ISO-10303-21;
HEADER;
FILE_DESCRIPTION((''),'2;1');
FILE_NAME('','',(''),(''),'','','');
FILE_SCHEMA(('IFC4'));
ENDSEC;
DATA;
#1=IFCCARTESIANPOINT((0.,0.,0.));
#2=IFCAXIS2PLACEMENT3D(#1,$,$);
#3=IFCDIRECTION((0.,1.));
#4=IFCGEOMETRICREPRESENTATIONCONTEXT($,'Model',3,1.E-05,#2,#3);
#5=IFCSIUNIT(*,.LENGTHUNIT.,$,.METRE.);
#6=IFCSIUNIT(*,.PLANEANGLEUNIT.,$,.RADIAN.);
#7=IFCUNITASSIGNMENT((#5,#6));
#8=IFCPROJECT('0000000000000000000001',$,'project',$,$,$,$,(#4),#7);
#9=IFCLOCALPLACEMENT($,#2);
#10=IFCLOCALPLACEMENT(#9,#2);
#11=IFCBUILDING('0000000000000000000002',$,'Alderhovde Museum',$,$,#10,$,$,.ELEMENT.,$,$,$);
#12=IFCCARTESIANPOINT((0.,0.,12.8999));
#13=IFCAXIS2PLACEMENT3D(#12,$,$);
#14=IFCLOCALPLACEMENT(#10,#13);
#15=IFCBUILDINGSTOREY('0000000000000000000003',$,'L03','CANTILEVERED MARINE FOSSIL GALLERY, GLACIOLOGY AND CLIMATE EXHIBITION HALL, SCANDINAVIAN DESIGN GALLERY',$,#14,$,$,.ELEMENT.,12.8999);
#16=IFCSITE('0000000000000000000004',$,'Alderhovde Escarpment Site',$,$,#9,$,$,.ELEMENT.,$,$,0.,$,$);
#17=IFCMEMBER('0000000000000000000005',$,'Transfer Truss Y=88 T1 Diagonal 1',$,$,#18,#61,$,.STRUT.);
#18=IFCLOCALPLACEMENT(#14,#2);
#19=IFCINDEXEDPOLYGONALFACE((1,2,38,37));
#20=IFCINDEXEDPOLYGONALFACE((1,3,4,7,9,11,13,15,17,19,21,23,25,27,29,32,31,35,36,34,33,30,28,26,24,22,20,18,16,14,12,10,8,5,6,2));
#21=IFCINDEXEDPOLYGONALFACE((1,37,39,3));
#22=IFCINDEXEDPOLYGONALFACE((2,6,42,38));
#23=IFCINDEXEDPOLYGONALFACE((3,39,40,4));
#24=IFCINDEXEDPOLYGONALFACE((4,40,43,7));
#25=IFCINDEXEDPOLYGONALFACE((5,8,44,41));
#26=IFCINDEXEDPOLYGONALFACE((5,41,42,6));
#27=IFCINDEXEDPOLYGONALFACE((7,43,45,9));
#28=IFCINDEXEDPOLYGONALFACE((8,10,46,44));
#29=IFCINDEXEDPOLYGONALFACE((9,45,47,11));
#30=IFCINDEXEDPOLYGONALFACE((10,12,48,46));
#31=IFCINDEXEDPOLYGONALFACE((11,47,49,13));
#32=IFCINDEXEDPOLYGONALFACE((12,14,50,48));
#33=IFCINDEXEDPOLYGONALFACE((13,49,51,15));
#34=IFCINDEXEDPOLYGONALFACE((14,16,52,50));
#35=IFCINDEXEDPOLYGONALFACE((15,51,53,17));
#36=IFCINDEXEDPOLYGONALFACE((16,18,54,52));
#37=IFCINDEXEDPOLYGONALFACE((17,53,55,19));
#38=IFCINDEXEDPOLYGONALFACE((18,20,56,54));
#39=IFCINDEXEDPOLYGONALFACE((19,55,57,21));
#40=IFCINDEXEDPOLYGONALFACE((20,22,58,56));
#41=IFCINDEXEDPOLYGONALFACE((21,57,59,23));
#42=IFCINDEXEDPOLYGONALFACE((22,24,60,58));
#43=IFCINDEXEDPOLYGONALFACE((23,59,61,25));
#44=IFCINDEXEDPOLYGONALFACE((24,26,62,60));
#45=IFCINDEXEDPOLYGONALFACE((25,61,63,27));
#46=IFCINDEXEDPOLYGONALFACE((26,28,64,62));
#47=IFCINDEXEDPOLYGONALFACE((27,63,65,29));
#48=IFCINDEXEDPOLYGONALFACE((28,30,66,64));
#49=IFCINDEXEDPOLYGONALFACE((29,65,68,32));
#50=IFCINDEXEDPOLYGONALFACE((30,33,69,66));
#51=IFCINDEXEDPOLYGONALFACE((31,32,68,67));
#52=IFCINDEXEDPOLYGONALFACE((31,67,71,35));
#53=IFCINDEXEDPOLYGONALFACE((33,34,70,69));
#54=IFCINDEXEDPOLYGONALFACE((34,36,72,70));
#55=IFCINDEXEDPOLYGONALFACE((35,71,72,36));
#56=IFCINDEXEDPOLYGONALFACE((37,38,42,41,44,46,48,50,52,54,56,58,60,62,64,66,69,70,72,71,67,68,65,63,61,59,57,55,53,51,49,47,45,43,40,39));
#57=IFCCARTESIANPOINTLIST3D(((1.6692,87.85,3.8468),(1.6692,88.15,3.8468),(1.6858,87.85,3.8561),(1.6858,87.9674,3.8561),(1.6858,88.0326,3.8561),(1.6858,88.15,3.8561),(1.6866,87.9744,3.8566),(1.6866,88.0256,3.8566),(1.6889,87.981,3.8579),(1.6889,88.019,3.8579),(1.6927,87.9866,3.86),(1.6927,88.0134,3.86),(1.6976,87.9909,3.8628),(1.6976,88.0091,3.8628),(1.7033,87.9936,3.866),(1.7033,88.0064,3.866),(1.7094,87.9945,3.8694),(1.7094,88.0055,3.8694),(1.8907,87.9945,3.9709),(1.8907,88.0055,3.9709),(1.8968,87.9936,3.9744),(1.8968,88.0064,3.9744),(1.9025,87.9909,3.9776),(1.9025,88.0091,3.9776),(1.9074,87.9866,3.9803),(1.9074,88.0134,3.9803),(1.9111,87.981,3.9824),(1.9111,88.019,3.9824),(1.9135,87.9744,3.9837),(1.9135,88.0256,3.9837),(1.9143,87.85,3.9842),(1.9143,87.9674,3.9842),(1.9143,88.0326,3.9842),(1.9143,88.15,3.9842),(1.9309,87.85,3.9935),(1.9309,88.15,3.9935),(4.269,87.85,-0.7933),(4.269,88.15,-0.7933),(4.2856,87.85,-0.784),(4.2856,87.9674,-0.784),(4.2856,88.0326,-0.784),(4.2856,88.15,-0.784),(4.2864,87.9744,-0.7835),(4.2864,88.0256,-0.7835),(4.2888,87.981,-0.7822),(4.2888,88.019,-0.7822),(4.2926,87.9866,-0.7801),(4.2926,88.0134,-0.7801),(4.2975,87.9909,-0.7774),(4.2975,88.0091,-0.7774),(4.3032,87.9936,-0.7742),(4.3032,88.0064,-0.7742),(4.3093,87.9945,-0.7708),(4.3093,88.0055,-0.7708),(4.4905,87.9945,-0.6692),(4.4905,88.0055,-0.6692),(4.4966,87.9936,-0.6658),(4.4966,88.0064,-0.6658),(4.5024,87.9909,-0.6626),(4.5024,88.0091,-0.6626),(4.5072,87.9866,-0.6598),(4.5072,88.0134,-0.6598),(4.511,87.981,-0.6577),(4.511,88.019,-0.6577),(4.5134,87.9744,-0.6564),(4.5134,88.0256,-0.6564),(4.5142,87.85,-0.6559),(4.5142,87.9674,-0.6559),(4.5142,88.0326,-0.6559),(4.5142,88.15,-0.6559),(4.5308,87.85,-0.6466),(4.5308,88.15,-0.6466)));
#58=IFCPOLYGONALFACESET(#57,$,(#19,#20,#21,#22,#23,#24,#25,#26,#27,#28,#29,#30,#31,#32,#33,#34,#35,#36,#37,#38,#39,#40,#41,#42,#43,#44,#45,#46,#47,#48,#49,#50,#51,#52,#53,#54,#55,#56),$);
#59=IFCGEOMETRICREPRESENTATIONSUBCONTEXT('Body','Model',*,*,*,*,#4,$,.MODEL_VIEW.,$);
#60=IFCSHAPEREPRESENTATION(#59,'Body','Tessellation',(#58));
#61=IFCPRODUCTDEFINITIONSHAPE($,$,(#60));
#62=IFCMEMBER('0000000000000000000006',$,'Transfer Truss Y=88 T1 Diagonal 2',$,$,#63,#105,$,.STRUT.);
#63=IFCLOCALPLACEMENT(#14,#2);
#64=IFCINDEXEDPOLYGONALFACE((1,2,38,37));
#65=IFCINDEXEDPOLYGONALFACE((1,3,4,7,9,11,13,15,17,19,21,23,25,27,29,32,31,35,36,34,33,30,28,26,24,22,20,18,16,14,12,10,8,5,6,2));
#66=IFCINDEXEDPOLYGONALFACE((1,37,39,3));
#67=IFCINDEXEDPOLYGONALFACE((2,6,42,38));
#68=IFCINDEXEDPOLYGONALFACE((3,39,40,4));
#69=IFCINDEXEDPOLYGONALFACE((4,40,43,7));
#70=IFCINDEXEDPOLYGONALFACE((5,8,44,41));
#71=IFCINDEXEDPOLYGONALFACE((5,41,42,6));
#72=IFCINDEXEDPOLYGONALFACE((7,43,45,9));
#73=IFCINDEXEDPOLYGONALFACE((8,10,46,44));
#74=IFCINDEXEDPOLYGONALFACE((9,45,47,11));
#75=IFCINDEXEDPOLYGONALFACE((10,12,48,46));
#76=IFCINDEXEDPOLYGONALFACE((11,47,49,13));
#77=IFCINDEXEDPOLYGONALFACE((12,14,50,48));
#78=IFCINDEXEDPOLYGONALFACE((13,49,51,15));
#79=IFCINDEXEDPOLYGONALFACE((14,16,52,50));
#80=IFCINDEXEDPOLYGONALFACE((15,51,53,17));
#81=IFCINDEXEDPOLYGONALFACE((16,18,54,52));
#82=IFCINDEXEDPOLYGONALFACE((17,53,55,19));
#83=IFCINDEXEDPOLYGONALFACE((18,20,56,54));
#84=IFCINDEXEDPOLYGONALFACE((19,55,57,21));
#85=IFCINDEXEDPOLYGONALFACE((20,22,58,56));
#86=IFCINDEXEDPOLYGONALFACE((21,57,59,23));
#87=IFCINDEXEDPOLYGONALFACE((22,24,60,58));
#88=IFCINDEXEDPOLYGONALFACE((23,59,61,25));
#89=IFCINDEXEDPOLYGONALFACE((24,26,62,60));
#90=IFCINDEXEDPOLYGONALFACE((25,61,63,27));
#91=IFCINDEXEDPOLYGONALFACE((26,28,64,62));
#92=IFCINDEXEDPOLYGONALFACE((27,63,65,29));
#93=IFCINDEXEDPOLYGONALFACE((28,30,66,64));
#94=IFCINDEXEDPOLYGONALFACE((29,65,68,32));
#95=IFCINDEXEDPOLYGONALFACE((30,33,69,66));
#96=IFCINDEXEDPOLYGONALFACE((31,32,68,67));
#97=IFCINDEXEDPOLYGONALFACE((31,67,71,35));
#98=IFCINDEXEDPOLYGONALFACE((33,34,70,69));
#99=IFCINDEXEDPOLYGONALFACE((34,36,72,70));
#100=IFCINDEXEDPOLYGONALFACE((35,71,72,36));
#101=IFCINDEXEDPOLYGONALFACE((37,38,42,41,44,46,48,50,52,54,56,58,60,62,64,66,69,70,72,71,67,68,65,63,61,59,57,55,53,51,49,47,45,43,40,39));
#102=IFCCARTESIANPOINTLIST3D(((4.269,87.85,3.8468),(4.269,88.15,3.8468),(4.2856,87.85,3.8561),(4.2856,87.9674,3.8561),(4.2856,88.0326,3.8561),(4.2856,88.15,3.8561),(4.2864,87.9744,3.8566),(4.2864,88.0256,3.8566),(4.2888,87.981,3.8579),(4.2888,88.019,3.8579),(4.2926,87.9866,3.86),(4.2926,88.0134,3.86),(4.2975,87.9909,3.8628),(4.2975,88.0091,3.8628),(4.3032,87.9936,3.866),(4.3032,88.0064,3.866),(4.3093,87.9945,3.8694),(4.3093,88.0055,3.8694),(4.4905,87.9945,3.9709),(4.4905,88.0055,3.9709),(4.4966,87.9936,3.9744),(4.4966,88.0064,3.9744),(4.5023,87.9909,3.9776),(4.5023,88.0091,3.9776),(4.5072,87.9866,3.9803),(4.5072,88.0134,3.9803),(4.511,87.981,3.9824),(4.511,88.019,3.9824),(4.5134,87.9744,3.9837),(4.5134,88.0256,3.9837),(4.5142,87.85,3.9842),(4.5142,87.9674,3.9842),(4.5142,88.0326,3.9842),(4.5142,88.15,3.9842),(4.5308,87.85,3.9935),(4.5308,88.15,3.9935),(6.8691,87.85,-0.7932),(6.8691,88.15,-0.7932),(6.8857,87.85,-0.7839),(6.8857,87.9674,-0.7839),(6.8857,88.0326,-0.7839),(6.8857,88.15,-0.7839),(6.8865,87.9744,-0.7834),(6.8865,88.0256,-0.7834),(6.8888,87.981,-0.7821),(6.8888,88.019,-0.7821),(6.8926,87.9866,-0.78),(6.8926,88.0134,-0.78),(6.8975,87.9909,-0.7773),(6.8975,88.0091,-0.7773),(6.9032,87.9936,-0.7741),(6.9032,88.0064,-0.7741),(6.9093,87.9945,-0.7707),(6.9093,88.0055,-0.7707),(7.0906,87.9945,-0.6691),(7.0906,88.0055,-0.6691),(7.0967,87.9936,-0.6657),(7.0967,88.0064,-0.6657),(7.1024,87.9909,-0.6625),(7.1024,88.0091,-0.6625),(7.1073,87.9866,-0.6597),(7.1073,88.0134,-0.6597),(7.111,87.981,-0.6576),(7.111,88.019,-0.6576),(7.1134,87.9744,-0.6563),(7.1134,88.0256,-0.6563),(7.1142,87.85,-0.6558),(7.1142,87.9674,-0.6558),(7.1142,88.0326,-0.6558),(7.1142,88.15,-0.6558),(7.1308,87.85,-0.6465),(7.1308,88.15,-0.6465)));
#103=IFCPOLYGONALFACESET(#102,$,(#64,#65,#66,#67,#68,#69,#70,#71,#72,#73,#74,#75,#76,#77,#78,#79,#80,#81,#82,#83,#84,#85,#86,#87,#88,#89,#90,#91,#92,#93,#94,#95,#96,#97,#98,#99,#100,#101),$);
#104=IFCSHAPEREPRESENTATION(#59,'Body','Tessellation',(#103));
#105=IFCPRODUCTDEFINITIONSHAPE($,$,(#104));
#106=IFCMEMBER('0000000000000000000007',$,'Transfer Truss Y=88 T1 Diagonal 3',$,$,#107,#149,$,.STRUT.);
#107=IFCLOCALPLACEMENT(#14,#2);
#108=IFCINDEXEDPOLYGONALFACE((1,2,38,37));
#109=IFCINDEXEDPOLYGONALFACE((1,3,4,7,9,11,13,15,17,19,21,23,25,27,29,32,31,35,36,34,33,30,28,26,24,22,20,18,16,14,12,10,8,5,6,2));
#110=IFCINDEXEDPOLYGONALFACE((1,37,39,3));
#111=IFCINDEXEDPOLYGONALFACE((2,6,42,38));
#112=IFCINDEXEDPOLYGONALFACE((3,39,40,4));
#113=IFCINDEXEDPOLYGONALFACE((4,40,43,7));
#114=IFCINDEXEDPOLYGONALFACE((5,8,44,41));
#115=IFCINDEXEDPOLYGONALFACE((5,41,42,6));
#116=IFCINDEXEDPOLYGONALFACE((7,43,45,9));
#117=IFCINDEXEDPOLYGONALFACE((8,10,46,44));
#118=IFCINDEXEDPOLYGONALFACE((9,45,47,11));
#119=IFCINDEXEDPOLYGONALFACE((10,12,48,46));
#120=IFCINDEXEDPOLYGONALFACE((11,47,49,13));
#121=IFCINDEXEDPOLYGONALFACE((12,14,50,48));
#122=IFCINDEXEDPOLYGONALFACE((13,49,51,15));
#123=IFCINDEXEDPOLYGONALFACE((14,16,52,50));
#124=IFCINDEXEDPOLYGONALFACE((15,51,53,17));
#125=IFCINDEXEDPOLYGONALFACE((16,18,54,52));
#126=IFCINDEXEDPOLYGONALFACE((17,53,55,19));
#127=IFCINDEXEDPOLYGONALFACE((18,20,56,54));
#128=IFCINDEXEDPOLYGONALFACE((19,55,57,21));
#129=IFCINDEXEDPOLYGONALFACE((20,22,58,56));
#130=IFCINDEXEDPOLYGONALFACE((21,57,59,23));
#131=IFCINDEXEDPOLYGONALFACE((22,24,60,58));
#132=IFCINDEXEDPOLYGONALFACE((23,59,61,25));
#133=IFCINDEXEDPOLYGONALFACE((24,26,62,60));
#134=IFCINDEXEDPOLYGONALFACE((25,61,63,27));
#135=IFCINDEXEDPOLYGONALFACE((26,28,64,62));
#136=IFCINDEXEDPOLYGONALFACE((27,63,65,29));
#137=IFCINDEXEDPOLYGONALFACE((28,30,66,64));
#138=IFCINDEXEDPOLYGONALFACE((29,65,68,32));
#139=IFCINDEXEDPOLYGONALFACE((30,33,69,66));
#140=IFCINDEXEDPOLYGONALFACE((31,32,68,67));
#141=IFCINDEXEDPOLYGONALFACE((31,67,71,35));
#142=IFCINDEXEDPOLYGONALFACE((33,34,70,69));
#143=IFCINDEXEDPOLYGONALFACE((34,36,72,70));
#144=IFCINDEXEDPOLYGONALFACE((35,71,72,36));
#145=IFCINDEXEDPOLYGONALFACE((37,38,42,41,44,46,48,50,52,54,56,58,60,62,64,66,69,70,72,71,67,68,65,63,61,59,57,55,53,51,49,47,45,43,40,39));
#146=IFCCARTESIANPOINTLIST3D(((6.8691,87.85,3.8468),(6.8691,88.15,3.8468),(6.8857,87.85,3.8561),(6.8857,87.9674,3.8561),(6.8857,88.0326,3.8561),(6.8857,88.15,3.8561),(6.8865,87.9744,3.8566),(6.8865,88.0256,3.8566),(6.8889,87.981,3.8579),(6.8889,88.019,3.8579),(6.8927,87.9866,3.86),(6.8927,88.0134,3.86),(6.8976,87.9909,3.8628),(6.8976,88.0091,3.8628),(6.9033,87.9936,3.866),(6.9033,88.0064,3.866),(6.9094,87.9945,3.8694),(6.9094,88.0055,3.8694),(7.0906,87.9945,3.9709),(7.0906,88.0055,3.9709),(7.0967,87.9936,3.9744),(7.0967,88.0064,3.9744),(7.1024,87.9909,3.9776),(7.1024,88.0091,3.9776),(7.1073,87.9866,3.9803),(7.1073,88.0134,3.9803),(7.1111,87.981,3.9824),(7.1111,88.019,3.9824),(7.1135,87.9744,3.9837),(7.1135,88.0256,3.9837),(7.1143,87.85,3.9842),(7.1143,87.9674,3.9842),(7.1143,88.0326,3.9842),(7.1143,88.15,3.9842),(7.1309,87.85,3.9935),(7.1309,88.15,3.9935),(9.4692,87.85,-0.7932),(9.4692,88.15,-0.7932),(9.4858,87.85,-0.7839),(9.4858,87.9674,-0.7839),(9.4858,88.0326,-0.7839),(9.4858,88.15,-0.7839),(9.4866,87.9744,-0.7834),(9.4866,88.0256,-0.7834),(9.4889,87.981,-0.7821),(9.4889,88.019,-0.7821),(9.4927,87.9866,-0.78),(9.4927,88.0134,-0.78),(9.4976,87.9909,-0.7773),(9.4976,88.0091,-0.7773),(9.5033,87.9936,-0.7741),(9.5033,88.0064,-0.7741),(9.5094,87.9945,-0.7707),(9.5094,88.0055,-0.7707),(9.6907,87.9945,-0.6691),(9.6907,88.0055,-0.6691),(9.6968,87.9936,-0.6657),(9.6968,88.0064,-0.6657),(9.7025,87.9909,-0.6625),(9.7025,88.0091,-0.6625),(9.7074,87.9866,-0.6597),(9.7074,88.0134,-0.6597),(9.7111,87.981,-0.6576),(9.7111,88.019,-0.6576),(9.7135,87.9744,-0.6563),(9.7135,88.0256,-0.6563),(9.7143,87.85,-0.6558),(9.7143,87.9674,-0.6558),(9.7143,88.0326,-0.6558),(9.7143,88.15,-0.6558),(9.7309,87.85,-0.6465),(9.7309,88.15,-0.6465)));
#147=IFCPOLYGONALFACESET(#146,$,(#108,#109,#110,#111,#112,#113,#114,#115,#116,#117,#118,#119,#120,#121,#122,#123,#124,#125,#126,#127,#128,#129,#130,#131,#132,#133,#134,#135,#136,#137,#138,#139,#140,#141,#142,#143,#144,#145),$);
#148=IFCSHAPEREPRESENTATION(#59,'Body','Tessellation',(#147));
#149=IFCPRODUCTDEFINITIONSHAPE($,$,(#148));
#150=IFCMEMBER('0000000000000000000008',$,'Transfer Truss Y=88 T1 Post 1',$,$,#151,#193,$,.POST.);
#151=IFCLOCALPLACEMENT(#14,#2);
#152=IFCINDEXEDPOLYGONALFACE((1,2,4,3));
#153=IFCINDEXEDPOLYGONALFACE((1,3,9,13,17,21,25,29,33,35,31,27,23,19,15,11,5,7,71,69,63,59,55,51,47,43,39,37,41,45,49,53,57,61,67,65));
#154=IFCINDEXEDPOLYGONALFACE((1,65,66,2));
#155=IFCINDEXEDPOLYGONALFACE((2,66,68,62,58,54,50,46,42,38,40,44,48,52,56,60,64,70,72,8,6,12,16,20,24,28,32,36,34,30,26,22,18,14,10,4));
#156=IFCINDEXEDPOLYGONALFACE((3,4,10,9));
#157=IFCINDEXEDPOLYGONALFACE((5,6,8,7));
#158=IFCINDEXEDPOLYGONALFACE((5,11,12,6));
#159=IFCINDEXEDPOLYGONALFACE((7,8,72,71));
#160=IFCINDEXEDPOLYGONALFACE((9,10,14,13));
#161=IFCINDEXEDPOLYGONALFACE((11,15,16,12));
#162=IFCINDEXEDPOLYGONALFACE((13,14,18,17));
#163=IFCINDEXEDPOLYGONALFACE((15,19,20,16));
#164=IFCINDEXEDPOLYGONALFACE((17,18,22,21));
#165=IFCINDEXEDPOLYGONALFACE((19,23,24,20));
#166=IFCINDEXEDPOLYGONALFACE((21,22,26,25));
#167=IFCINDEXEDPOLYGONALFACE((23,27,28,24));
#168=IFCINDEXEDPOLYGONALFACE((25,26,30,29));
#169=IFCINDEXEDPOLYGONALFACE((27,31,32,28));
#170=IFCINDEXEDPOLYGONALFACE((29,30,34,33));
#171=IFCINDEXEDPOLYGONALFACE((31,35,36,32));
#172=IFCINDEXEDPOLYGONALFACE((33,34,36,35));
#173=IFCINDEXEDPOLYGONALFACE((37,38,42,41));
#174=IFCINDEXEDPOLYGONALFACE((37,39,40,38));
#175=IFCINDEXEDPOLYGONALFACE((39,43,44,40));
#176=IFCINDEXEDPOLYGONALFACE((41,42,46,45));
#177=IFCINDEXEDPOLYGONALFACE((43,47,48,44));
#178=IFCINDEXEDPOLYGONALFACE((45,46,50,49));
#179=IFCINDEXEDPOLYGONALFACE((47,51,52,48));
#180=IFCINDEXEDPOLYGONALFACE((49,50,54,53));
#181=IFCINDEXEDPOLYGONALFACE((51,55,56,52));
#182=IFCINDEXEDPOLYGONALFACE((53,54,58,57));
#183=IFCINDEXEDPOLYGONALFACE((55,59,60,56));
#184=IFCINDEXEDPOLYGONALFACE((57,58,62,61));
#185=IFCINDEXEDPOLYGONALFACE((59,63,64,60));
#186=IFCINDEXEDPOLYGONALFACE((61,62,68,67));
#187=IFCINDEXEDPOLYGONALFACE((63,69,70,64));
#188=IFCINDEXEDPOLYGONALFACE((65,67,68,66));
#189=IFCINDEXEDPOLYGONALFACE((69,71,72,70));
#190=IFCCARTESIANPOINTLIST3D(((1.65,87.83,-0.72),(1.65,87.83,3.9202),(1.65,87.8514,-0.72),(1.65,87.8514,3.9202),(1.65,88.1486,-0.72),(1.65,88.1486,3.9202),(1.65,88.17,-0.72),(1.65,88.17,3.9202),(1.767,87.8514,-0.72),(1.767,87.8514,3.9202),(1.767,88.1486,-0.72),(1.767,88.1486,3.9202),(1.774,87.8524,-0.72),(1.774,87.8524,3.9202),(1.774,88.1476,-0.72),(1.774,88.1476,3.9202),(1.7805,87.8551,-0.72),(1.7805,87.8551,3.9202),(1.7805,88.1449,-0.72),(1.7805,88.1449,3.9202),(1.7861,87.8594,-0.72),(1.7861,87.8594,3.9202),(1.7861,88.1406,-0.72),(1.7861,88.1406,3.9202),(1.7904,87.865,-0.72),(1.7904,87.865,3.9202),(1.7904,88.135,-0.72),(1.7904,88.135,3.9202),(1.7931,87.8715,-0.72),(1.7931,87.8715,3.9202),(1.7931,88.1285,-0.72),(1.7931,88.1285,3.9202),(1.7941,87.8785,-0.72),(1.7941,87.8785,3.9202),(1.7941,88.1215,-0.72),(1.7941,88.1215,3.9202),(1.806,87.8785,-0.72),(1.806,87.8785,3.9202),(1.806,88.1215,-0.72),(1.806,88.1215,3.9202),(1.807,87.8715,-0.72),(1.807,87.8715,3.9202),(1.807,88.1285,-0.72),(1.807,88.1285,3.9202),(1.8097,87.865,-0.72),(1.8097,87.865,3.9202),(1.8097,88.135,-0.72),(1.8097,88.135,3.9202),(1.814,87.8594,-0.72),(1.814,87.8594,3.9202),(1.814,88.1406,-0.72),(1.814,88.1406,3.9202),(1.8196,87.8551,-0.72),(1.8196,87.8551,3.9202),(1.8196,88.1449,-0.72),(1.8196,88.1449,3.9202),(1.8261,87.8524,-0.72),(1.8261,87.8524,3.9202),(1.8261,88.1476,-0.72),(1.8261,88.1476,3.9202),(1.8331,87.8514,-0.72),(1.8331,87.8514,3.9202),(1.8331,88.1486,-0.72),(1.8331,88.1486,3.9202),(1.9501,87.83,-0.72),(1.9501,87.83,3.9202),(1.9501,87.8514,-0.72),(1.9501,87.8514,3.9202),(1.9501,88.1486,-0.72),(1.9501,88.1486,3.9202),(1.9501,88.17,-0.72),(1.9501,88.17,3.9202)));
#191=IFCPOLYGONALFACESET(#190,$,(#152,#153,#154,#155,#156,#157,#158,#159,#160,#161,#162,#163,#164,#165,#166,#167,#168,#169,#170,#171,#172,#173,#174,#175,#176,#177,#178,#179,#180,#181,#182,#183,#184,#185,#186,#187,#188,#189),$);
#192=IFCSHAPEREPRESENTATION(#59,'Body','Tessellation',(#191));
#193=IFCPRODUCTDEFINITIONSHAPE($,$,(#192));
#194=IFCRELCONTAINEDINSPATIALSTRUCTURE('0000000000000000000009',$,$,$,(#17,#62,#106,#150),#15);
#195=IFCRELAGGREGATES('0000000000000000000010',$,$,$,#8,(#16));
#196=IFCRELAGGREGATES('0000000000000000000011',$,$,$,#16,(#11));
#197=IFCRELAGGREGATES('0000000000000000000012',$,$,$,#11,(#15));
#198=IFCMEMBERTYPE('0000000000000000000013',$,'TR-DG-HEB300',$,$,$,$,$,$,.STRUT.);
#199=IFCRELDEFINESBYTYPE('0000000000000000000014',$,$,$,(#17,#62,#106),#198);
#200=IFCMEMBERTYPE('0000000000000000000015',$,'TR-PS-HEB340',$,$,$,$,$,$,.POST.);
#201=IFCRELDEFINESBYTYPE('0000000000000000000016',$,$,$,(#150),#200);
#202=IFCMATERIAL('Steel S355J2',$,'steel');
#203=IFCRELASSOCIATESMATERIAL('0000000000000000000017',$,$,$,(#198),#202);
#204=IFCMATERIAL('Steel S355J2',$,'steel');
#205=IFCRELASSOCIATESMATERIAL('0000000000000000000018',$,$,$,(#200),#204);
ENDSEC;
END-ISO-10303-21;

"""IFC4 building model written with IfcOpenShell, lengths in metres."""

from ifc_helpers import new_model, si_unit, direction, frame, origin, origin_2d, place, context, subcontext, project, spatial, i_section, extrude, material, material_profile, profile_set, type_object, element, save


model = new_model("IFC4")

# Units and contexts
model_context = context("Model", 3, precision=1e-05, world=origin(), true_north=direction((0.0, 1.0)))
body_context = subcontext(model_context, "Body", "Model", "MODEL_VIEW")
ifc_project = project(units=[si_unit("LENGTHUNIT", "METRE"), si_unit("PLANEANGLEUNIT", "RADIAN")], contexts=[model_context])

# Site, building, storey
site_placement = place(None, origin())
site = spatial("IfcSite", under=ifc_project, at=site_placement, Name="Alderhovde Escarpment Site", CompositionType="ELEMENT", RefElevation=0.0)
building_placement = place(site_placement, origin())
building = spatial("IfcBuilding", under=site, at=building_placement, Name="Alderhovde Museum", CompositionType="ELEMENT")
storey_placement = place(building_placement, frame((0.0, 0.0, 12.8999)))
storey = spatial("IfcBuildingStorey", under=building, at=storey_placement, Name="L03", Description="CANTILEVERED MARINE FOSSIL GALLERY, GLACIOLOGY AND CLIMATE EXHIBITION HALL, SCANDINAVIAN DESIGN GALLERY", CompositionType="ELEMENT", Elevation=12.8999)

# Members
ifc_material_1 = material(Name="Steel S355J2", Category="steel")
ifc_material_profile_1 = material_profile(ifc_material_1, i_section(OverallWidth=0.3, OverallDepth=0.3, WebThickness=0.011, FlangeThickness=0.019, FilletRadius=0.0271, at=origin_2d()), Name="HEB 300")
ifc_profile_set_1 = profile_set([ifc_material_profile_1], Name="Steel S355J2")
member_type_1 = type_object("IfcMemberType", Name="TR-DG-HEB300", PredefinedType="STRUT", material=ifc_profile_set_1)
for number, where, z_axis, x_axis, name in (
    (1, (1.8, 88.0, 3.9202), (0.4888, 0.0, -0.872396), (0.0, 1.0, 0.0), "Transfer Truss Y=88 T1 Diagonal 1"),
    (2, (4.3999, 88.0, 3.9202), (0.488835, 0.0, -0.872376), (0.0, 1.0, 0.0), "Transfer Truss Y=88 T1 Diagonal 2"),
    (3, (7.0, 88.0, 3.9202), (0.488835, 0.0, -0.872376), (0.0, 1.0, 0.0), "Transfer Truss Y=88 T1 Diagonal 3"),
):
    element("IfcMember", number, at=place(storey_placement, frame(where, z_axis=z_axis, x_axis=x_axis)), inside=storey, type_object=member_type_1, Name=name, PredefinedType="STRUT", context=body_context, shape_type="SweptSolid", body=[
        extrude(i_section(OverallWidth=0.3, OverallDepth=0.3, WebThickness=0.011, FlangeThickness=0.019, FilletRadius=0.0271, at=origin_2d()), origin(), (0.0, 0.0, 1.0), 5.3188),
    ])
ifc_material_2 = material(Name="Steel S355J2", Category="steel")
ifc_material_profile_2 = material_profile(ifc_material_2, i_section(OverallWidth=0.3, OverallDepth=0.3401, WebThickness=0.012, FlangeThickness=0.0215, FilletRadius=0.0271, at=origin_2d()), Name="HEB 340")
ifc_profile_set_2 = profile_set([ifc_material_profile_2], Name="Steel S355J2")
member_type_2 = type_object("IfcMemberType", Name="TR-PS-HEB340", PredefinedType="POST", material=ifc_profile_set_2)
for number, where, z_axis, x_axis, name in (
    (4, (1.8, 88.0, -0.72), (0.0, 0.0, 1.0), (1.0, 0.0, 0.0), "Transfer Truss Y=88 T1 Post 1"),
):
    element("IfcMember", number, at=place(storey_placement, frame(where, z_axis=z_axis, x_axis=x_axis)), inside=storey, type_object=member_type_2, Name=name, PredefinedType="POST", context=body_context, shape_type="SweptSolid", body=[
        extrude(i_section(OverallWidth=0.3, OverallDepth=0.3401, WebThickness=0.012, FlangeThickness=0.0215, FilletRadius=0.0271, at=origin_2d()), origin(), (0.0, 0.0, 1.0), 4.6401),
    ])

save(model, "model.ifc")
